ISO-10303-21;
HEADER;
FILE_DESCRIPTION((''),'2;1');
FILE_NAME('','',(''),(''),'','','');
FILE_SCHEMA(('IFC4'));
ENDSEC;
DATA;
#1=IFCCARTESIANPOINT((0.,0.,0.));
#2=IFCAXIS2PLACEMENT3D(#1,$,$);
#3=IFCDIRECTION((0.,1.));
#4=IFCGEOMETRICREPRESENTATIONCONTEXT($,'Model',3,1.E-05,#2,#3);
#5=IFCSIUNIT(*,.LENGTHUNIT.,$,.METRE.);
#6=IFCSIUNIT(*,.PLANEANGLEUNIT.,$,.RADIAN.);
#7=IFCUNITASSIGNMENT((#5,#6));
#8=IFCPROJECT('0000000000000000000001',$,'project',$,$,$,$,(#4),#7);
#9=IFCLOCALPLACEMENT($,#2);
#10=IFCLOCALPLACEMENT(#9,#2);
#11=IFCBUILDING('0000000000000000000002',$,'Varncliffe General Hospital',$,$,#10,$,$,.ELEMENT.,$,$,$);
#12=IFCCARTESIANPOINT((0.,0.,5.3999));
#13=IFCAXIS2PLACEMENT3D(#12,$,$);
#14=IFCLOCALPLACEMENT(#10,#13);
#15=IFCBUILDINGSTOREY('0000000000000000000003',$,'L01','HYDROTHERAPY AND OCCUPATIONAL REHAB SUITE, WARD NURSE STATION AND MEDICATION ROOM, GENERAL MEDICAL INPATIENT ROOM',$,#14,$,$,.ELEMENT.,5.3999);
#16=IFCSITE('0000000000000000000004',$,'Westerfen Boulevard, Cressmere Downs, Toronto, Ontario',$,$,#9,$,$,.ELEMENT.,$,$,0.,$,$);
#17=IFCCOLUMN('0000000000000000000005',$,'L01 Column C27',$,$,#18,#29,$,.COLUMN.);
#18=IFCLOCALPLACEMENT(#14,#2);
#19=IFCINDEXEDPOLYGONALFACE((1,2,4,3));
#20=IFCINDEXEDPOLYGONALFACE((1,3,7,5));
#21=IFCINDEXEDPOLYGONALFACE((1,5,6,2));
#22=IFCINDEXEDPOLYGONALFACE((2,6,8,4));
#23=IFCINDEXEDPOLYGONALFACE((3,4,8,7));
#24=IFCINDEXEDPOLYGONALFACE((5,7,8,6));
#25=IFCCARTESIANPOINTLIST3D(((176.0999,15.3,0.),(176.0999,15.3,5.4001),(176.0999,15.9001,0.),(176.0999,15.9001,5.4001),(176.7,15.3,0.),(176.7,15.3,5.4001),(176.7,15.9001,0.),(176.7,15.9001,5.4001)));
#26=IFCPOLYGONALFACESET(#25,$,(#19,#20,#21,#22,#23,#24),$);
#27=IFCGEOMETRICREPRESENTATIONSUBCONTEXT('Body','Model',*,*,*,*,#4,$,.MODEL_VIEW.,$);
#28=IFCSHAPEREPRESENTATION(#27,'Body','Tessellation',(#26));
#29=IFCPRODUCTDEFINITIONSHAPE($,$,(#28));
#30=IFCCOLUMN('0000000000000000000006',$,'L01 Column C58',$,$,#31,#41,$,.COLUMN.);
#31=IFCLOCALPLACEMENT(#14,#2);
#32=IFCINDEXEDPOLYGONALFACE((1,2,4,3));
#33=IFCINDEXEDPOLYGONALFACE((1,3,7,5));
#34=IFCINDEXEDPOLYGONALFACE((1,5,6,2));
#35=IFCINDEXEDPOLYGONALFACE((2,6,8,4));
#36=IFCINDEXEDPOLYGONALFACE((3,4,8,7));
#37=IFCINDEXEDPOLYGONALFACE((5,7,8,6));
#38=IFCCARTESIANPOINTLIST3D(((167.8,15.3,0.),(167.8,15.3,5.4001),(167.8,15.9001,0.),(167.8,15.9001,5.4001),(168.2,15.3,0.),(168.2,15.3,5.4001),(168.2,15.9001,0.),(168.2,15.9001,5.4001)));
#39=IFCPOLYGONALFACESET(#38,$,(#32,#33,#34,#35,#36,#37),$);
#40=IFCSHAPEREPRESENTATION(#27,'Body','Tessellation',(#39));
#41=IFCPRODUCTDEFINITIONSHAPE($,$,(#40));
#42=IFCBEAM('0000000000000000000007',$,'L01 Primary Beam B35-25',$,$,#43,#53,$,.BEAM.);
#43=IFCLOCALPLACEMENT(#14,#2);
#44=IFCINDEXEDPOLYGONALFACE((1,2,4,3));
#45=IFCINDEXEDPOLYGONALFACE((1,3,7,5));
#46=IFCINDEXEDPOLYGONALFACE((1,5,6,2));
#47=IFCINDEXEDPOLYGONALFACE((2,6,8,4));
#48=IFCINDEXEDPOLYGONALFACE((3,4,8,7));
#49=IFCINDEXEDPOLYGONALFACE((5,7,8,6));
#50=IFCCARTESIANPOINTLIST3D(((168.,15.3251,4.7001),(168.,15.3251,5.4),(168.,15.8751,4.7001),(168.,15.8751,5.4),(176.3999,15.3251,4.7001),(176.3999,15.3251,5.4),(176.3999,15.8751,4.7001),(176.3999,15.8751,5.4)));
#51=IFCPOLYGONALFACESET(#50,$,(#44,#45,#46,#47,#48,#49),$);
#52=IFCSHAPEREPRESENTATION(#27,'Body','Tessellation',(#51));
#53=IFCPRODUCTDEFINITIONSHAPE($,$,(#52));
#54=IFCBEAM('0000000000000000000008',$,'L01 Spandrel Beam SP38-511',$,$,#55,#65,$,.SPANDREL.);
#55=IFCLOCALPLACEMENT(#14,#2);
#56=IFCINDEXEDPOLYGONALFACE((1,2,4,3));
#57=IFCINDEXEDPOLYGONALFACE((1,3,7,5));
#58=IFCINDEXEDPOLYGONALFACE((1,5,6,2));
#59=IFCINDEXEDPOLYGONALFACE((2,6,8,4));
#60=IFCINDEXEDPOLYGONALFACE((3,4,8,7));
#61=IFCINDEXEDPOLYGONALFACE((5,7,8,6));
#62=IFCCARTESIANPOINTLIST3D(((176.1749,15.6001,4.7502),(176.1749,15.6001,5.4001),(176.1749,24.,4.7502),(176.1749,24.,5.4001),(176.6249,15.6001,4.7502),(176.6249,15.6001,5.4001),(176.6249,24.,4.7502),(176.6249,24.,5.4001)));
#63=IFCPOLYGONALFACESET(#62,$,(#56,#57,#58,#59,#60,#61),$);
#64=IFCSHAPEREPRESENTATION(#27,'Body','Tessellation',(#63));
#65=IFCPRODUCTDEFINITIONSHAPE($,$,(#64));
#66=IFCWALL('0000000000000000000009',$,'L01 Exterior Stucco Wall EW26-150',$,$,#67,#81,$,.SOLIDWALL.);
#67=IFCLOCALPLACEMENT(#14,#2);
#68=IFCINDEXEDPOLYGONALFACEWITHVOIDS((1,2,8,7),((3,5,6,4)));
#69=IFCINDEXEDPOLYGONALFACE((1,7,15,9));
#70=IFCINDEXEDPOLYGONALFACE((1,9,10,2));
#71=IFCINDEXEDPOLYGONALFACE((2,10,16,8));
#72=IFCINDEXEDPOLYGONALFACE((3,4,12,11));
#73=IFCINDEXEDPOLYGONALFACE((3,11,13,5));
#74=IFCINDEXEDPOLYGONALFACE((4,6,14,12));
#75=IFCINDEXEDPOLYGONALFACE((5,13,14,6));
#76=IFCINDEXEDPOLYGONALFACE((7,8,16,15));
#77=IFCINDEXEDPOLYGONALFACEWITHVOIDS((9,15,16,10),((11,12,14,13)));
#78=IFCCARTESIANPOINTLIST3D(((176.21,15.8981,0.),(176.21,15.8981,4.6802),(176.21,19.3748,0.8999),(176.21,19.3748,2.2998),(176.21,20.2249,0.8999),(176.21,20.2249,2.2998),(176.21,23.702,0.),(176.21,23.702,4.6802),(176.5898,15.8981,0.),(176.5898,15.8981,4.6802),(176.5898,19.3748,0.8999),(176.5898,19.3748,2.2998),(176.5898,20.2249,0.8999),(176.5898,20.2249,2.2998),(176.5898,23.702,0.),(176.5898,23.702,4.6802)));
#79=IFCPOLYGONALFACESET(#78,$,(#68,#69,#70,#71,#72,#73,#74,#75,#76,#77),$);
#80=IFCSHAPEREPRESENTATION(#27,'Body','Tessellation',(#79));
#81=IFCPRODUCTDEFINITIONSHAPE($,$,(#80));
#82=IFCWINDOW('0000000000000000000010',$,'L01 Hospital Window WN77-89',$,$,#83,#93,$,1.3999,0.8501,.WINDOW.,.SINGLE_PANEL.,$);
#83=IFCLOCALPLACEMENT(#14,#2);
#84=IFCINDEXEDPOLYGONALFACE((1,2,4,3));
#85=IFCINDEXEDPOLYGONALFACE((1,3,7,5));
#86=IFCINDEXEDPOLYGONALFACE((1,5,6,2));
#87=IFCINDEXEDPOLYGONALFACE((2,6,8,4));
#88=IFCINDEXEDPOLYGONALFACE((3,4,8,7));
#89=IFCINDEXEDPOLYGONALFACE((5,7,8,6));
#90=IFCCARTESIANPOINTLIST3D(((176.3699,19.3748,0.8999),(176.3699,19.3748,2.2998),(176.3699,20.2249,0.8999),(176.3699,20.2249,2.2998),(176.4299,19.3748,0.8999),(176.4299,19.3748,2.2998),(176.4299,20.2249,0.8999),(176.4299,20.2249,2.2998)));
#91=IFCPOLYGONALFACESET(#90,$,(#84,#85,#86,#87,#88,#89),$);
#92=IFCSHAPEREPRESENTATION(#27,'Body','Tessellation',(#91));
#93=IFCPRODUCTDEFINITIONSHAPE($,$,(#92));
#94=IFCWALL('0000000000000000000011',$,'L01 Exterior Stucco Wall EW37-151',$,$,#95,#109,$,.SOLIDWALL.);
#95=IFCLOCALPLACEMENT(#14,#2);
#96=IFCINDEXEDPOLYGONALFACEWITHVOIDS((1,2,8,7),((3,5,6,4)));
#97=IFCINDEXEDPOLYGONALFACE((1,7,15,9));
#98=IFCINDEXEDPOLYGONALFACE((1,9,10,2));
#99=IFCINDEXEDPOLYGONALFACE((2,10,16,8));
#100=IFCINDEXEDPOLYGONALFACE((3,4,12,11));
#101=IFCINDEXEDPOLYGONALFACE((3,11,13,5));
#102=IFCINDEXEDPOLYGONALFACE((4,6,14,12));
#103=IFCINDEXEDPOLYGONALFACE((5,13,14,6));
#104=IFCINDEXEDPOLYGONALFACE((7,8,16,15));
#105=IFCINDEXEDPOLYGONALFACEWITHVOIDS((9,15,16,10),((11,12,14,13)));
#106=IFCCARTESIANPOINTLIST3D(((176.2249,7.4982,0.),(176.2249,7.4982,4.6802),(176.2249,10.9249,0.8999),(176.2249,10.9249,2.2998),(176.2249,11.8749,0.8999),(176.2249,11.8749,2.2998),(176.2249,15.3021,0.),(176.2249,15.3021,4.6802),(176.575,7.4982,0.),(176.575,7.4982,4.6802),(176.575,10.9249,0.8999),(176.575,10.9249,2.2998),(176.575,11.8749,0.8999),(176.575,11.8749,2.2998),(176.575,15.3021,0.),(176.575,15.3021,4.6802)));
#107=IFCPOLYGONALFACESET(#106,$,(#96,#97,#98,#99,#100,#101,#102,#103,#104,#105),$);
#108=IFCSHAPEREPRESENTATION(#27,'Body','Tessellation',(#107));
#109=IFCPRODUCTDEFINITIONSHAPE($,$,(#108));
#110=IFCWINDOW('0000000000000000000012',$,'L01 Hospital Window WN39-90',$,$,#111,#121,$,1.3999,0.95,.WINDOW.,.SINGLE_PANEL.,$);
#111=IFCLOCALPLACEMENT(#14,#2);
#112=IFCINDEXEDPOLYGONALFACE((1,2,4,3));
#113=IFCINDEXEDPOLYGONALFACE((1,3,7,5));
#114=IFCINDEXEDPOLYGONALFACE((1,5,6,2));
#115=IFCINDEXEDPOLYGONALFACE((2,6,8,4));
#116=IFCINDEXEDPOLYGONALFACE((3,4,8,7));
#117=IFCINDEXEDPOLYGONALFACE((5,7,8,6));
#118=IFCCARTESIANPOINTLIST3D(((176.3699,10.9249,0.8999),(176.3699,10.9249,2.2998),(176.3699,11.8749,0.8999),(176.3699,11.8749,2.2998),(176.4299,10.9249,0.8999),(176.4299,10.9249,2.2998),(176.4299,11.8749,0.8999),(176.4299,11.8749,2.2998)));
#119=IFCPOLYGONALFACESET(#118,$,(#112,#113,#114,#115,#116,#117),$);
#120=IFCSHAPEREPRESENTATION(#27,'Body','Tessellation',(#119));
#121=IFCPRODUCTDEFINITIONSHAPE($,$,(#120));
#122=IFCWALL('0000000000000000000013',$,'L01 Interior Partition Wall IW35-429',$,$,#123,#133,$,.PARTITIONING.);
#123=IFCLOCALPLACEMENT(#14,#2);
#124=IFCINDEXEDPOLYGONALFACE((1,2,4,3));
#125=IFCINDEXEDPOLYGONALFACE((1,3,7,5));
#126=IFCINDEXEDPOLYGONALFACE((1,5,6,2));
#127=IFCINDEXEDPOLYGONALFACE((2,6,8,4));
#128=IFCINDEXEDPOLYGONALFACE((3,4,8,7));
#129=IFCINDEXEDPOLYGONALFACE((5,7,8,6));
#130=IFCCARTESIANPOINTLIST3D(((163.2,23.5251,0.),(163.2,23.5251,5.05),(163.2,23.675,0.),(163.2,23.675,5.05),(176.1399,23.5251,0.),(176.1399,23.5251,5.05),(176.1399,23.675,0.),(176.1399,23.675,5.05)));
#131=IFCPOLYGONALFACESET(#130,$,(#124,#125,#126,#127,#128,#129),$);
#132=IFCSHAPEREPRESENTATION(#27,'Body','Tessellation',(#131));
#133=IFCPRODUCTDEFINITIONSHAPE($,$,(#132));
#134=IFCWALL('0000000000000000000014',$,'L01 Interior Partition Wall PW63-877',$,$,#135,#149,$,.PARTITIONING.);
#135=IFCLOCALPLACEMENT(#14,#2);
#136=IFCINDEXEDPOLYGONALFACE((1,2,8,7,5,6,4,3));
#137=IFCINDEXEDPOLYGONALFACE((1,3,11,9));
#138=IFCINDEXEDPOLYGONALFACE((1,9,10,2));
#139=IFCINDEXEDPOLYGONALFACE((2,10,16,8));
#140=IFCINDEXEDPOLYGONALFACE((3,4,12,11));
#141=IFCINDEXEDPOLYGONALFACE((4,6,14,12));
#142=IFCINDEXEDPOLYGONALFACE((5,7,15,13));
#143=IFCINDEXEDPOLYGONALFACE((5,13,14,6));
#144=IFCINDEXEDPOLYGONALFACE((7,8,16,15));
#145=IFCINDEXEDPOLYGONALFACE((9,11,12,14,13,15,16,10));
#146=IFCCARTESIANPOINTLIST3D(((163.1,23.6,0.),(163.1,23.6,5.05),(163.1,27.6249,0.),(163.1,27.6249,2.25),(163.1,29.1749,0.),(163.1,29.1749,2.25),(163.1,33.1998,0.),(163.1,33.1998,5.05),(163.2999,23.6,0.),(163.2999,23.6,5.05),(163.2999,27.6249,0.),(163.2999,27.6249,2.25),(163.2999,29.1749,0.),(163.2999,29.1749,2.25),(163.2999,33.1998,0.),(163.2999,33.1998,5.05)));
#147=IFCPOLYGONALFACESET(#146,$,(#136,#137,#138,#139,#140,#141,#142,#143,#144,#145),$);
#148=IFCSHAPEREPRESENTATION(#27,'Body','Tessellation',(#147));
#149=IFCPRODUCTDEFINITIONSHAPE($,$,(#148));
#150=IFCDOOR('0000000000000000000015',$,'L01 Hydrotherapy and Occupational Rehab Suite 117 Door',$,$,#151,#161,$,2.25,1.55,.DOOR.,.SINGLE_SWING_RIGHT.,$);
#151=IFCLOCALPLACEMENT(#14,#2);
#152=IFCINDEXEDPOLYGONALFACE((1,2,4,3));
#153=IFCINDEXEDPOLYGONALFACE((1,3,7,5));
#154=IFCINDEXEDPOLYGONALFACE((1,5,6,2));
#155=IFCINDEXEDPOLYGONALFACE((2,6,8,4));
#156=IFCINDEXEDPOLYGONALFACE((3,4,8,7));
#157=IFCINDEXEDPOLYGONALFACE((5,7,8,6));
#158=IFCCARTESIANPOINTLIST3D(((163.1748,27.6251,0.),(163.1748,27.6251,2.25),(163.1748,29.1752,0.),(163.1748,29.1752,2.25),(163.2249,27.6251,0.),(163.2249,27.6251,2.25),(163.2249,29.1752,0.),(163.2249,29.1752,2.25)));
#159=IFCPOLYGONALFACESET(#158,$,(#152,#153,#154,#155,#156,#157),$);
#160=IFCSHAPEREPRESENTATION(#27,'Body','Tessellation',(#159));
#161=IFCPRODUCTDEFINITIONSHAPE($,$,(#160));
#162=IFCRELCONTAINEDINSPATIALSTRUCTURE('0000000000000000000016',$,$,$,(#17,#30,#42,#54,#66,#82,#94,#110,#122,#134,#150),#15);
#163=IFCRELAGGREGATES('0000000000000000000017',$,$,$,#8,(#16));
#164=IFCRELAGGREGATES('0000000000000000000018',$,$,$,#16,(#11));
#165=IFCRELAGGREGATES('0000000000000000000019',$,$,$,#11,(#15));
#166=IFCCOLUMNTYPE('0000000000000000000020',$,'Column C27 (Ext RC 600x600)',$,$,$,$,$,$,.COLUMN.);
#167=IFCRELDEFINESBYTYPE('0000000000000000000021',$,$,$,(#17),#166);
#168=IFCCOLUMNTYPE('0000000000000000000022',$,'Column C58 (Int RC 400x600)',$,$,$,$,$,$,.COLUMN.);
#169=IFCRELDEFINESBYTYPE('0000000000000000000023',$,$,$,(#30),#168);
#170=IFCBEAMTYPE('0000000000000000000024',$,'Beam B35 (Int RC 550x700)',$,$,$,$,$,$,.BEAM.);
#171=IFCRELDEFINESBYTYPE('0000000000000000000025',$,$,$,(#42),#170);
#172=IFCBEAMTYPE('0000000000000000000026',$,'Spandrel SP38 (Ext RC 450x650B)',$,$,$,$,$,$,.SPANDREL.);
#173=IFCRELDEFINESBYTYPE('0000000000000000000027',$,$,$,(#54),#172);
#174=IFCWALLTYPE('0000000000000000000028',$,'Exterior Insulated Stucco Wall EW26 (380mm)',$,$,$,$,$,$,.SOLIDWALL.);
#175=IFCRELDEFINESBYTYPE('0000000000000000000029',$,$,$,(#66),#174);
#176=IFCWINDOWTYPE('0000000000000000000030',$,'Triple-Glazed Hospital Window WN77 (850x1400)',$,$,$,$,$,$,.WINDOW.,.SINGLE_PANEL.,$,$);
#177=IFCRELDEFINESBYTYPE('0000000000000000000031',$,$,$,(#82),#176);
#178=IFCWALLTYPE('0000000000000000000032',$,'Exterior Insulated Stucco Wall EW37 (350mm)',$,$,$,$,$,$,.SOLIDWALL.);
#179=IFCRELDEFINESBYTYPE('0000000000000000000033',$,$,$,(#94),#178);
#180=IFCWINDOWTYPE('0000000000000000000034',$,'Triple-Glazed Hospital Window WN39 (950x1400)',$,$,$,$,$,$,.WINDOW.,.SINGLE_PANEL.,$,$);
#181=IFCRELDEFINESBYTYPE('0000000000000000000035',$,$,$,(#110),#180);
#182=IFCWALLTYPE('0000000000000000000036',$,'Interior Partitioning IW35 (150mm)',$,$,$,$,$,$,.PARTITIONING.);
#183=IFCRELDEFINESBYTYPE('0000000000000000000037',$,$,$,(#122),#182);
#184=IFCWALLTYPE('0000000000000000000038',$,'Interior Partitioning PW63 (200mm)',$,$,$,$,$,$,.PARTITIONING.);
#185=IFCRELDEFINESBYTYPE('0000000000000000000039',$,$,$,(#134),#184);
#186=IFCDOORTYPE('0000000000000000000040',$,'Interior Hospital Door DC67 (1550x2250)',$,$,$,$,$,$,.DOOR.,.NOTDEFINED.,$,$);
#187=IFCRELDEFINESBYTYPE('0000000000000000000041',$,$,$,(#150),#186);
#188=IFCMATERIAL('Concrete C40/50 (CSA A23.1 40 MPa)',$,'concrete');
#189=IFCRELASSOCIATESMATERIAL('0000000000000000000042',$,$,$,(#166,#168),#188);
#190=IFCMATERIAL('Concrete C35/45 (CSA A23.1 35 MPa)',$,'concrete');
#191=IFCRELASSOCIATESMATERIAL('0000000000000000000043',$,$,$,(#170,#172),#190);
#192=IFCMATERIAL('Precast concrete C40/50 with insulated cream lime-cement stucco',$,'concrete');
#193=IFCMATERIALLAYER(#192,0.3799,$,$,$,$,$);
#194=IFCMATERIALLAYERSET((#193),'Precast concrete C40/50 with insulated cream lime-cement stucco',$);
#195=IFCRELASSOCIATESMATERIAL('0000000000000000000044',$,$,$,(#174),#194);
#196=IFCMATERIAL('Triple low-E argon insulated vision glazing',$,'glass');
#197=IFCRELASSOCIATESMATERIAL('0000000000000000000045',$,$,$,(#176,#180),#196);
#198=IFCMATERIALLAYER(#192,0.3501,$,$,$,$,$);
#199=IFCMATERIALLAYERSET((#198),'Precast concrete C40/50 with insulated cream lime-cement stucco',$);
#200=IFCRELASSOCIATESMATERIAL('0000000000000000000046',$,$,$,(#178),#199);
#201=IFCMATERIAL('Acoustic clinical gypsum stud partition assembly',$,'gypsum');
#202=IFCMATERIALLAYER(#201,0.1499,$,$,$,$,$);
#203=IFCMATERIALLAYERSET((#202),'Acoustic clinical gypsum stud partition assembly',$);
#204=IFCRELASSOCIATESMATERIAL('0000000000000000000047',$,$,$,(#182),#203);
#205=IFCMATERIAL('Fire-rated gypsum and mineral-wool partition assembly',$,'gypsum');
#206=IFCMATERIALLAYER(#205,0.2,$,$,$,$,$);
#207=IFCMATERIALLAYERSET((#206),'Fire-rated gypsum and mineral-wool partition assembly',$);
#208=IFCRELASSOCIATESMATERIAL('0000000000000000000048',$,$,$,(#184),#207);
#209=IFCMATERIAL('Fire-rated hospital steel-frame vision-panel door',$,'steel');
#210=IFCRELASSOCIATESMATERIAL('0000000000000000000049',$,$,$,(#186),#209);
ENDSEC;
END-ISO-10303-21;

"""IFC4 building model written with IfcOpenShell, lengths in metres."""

from ifc_helpers import new_model, si_unit, direction, frame, frame_2d, origin, origin_2d, place, context, subcontext, project, spatial, rectangle, extrude, material, layer, layer_set, material_profile, profile_set, type_object, element, fill, save


model = new_model("IFC4")

# Units and contexts
model_context = context("Model", 3, precision=1e-05, world=origin(), true_north=direction((0.0, 1.0)))
body_context = subcontext(model_context, "Body", "Model", "MODEL_VIEW")
ifc_project = project(units=[si_unit("LENGTHUNIT", "METRE"), si_unit("PLANEANGLEUNIT", "RADIAN")], contexts=[model_context])

# Site, building, storey
site_placement = place(None, origin())
site = spatial("IfcSite", under=ifc_project, at=site_placement, Name="Westerfen Boulevard, Cressmere Downs, Toronto, Ontario", CompositionType="ELEMENT", RefElevation=0.0)
building_placement = place(site_placement, origin())
building = spatial("IfcBuilding", under=site, at=building_placement, Name="Varncliffe General Hospital", CompositionType="ELEMENT")
storey_placement = place(building_placement, frame((0.0, 0.0, 5.3999)))
storey = spatial("IfcBuildingStorey", under=building, at=storey_placement, Name="L01", Description="HYDROTHERAPY AND OCCUPATIONAL REHAB SUITE, WARD NURSE STATION AND MEDICATION ROOM, GENERAL MEDICAL INPATIENT ROOM", CompositionType="ELEMENT", Elevation=5.3999)

# Columns
ifc_material_1 = material(Name="Concrete C40/50 (CSA A23.1 40 MPa)", Category="concrete")
ifc_material_profile_1 = material_profile(ifc_material_1, rectangle(XDim=0.6001, YDim=0.6001, at=origin_2d()), Name="RC 600x600")
ifc_profile_set_1 = profile_set([ifc_material_profile_1], Name="Concrete C40/50 (CSA A23.1 40 MPa)")
column_type_1 = type_object("IfcColumnType", Name="Column C27 (Ext RC 600x600)", PredefinedType="COLUMN", material=ifc_profile_set_1)
column_1_placement = place(storey_placement, frame((176.3999, 15.6001, 0.0), z_axis=(0.0, 0.0, 1.0), x_axis=(1.0, 0.0, 0.0)))
element("IfcColumn", 1, at=column_1_placement, inside=storey, type_object=column_type_1, Name="L01 Column C27", PredefinedType="COLUMN", context=body_context, shape_type="SweptSolid", body=[
    extrude(rectangle(XDim=0.6001, YDim=0.6001, at=origin_2d()), origin(), (0.0, 0.0, 1.0), 5.4001),
])
ifc_material_profile_2 = material_profile(ifc_material_1, rectangle(XDim=0.3999, YDim=0.6001, at=origin_2d()), Name="RC 400x600")
ifc_profile_set_2 = profile_set([ifc_material_profile_2], Name="Concrete C40/50 (CSA A23.1 40 MPa)")
column_type_2 = type_object("IfcColumnType", Name="Column C58 (Int RC 400x600)", PredefinedType="COLUMN", material=ifc_profile_set_2)
column_2_placement = place(storey_placement, frame((168.0, 15.6001, 0.0), z_axis=(0.0, 0.0, 1.0), x_axis=(1.0, 0.0, 0.0)))
element("IfcColumn", 2, at=column_2_placement, inside=storey, type_object=column_type_2, Name="L01 Column C58", PredefinedType="COLUMN", context=body_context, shape_type="SweptSolid", body=[
    extrude(rectangle(XDim=0.3999, YDim=0.6001, at=origin_2d()), origin(), (0.0, 0.0, 1.0), 5.4001),
])

# Beams
ifc_material_2 = material(Name="Concrete C35/45 (CSA A23.1 35 MPa)", Category="concrete")
ifc_material_profile_3 = material_profile(ifc_material_2, rectangle(XDim=0.55, YDim=0.7, at=origin_2d()), Name="RC 550x700")
ifc_profile_set_3 = profile_set([ifc_material_profile_3], Name="Concrete C35/45 (CSA A23.1 35 MPa)")
beam_type_1 = type_object("IfcBeamType", Name="Beam B35 (Int RC 550x700)", PredefinedType="BEAM", material=ifc_profile_set_3)
beam_1_placement = place(storey_placement, frame((168.0, 15.6001, 5.05), z_axis=(1.0, 0.0, 0.0), x_axis=(0.0, 1.0, 0.0)))
element("IfcBeam", 3, at=beam_1_placement, inside=storey, type_object=beam_type_1, Name="L01 Primary Beam B35-25", PredefinedType="BEAM", context=body_context, shape_type="SweptSolid", body=[
    extrude(rectangle(XDim=0.55, YDim=0.7, at=origin_2d()), origin(), (0.0, 0.0, 1.0), 8.3999),
])
ifc_material_profile_4 = material_profile(ifc_material_2, rectangle(XDim=0.45, YDim=0.6499, at=origin_2d()), Name="RC 450x650")
ifc_profile_set_4 = profile_set([ifc_material_profile_4], Name="Concrete C35/45 (CSA A23.1 35 MPa)")
beam_type_2 = type_object("IfcBeamType", Name="Spandrel SP38 (Ext RC 450x650B)", PredefinedType="SPANDREL", material=ifc_profile_set_4)
beam_2_placement = place(storey_placement, frame((176.3999, 15.6001, 5.0752), z_axis=(0.0, 1.0, 0.0), x_axis=(-1.0, 0.0, 0.0)))
element("IfcBeam", 4, at=beam_2_placement, inside=storey, type_object=beam_type_2, Name="L01 Spandrel Beam SP38-511", PredefinedType="SPANDREL", context=body_context, shape_type="SweptSolid", body=[
    extrude(rectangle(XDim=0.45, YDim=0.6499, at=origin_2d()), origin(), (0.0, 0.0, 1.0), 8.3999),
])

# Walls, openings, windows
ifc_material_3 = material(Name="Precast concrete C40/50 with insulated cream lime-cement stucco", Category="concrete")
ifc_layer_1 = layer(ifc_material_3, 0.3799)
ifc_layer_set_1 = layer_set([ifc_layer_1], Name="Precast concrete C40/50 with insulated cream lime-cement stucco")
wall_type_1 = type_object("IfcWallType", Name="Exterior Insulated Stucco Wall EW26 (380mm)", PredefinedType="SOLIDWALL", material=ifc_layer_set_1)
wall_1_placement = place(storey_placement, frame((176.3999, 23.7019, 0.0), z_axis=(0.0, 0.0, 1.0), x_axis=(0.0, -1.0, 0.0)))
wall_1 = element("IfcWall", 5, at=wall_1_placement, inside=storey, type_object=wall_type_1, Name="L01 Exterior Stucco Wall EW26-150", PredefinedType="SOLIDWALL", context=body_context, shape_type="SweptSolid", body=[
    extrude(rectangle(XDim=7.804, YDim=0.3799, at=frame_2d((3.9019, 0.0))), origin(), (0.0, 0.0, 1.0), 4.6802),
])
opening_1_placement = place(wall_1_placement, frame((3.4771, 0.0, 0.8999)))
opening_1 = element("IfcOpeningElement", 6, at=opening_1_placement, cuts=wall_1, PredefinedType="OPENING", context=body_context, shape_type="SweptSolid", body=[
    extrude(rectangle(XDim=0.8501, YDim=1.3999, at=frame_2d((0.425, 0.7))), frame((0.0, 0.2, 0.0), z_axis=(0.0, -1.0, 0.0), x_axis=(1.0, 0.0, 0.0)), (0.0, 0.0, 1.0), 0.3999),
])
ifc_material_4 = material(Name="Triple low-E argon insulated vision glazing", Category="glass")
window_type_1 = type_object("IfcWindowType", Name="Triple-Glazed Hospital Window WN77 (850x1400)", PartitioningType="SINGLE_PANEL", PredefinedType="WINDOW", material=ifc_material_4)
window_1_placement = place(opening_1_placement, origin())
window_1 = element("IfcWindow", 7, at=window_1_placement, inside=storey, type_object=window_type_1, Name="L01 Hospital Window WN77-89", OverallHeight=1.3999, OverallWidth=0.8501, PartitioningType="SINGLE_PANEL", PredefinedType="WINDOW", context=body_context, shape_type="SweptSolid", body=[
    extrude(rectangle(XDim=0.8501, YDim=1.3999, at=frame_2d((0.425, 0.7))), frame((0.0, 0.03, 0.0), z_axis=(0.0, -1.0, 0.0), x_axis=(1.0, 0.0, 0.0)), (0.0, 0.0, 1.0), 0.0601),
])
fill(opening_1, window_1)
ifc_layer_2 = layer(ifc_material_3, 0.3501)
ifc_layer_set_2 = layer_set([ifc_layer_2], Name="Precast concrete C40/50 with insulated cream lime-cement stucco")
wall_type_2 = type_object("IfcWallType", Name="Exterior Insulated Stucco Wall EW37 (350mm)", PredefinedType="SOLIDWALL", material=ifc_layer_set_2)
wall_2_placement = place(storey_placement, frame((176.3999, 15.302, 0.0), z_axis=(0.0, 0.0, 1.0), x_axis=(0.0, -1.0, 0.0)))
wall_2 = element("IfcWall", 8, at=wall_2_placement, inside=storey, type_object=wall_type_2, Name="L01 Exterior Stucco Wall EW37-151", PredefinedType="SOLIDWALL", context=body_context, shape_type="SweptSolid", body=[
    extrude(rectangle(XDim=7.804, YDim=0.3501, at=frame_2d((3.9019, 0.0))), origin(), (0.0, 0.0, 1.0), 4.6802),
])
opening_2_placement = place(wall_2_placement, frame((3.427, 0.0, 0.8999)))
opening_2 = element("IfcOpeningElement", 9, at=opening_2_placement, cuts=wall_2, PredefinedType="OPENING", context=body_context, shape_type="SweptSolid", body=[
    extrude(rectangle(XDim=0.95, YDim=1.3999, at=frame_2d((0.4751, 0.7))), frame((0.0, 0.1851, 0.0), z_axis=(0.0, -1.0, 0.0), x_axis=(1.0, 0.0, 0.0)), (0.0, 0.0, 1.0), 0.3701),
])
window_type_2 = type_object("IfcWindowType", Name="Triple-Glazed Hospital Window WN39 (950x1400)", PartitioningType="SINGLE_PANEL", PredefinedType="WINDOW", material=ifc_material_4)
window_2_placement = place(opening_2_placement, origin())
window_2 = element("IfcWindow", 10, at=window_2_placement, inside=storey, type_object=window_type_2, Name="L01 Hospital Window WN39-90", OverallHeight=1.3999, OverallWidth=0.95, PartitioningType="SINGLE_PANEL", PredefinedType="WINDOW", context=body_context, shape_type="SweptSolid", body=[
    extrude(rectangle(XDim=0.95, YDim=1.3999, at=frame_2d((0.4751, 0.7))), frame((0.0, 0.03, 0.0), z_axis=(0.0, -1.0, 0.0), x_axis=(1.0, 0.0, 0.0)), (0.0, 0.0, 1.0), 0.0601),
])
fill(opening_2, window_2)

# Wall
ifc_material_5 = material(Name="Acoustic clinical gypsum stud partition assembly", Category="gypsum")
ifc_layer_3 = layer(ifc_material_5, 0.1499)
ifc_layer_set_3 = layer_set([ifc_layer_3], Name="Acoustic clinical gypsum stud partition assembly")
wall_type_3 = type_object("IfcWallType", Name="Interior Partitioning IW35 (150mm)", PredefinedType="PARTITIONING", material=ifc_layer_set_3)
wall_3_placement = place(storey_placement, frame((163.2, 23.6001, 0.0), z_axis=(0.0, 0.0, 1.0), x_axis=(1.0, 0.0, 0.0)))
element("IfcWall", 11, at=wall_3_placement, inside=storey, type_object=wall_type_3, Name="L01 Interior Partition Wall IW35-429", PredefinedType="PARTITIONING", context=body_context, shape_type="SweptSolid", body=[
    extrude(rectangle(XDim=12.9399, YDim=0.1499, at=frame_2d((6.47, 0.0))), origin(), (0.0, 0.0, 1.0), 5.05),
])

# Wall, opening, door
ifc_material_6 = material(Name="Fire-rated gypsum and mineral-wool partition assembly", Category="gypsum")
ifc_layer_4 = layer(ifc_material_6, 0.2)
ifc_layer_set_4 = layer_set([ifc_layer_4], Name="Fire-rated gypsum and mineral-wool partition assembly")
wall_type_4 = type_object("IfcWallType", Name="Interior Partitioning PW63 (200mm)", PredefinedType="PARTITIONING", material=ifc_layer_set_4)
wall_4_placement = place(storey_placement, frame((163.2, 23.6001, 0.0), z_axis=(0.0, 0.0, 1.0), x_axis=(0.0, 1.0, 0.0)))
wall_4 = element("IfcWall", 12, at=wall_4_placement, inside=storey, type_object=wall_type_4, Name="L01 Interior Partition Wall PW63-877", PredefinedType="PARTITIONING", context=body_context, shape_type="SweptSolid", body=[
    extrude(rectangle(XDim=9.5999, YDim=0.2, at=frame_2d((4.7998, 0.0))), origin(), (0.0, 0.0, 1.0), 5.05),
])
opening_3_placement = place(wall_4_placement, frame((4.0249, 0.0, 0.0)))
opening_3 = element("IfcOpeningElement", 13, at=opening_3_placement, cuts=wall_4, PredefinedType="OPENING", context=body_context, shape_type="SweptSolid", body=[
    extrude(rectangle(XDim=1.55, YDim=2.25, at=frame_2d((0.7749, 1.125))), frame((0.0, 0.1099, 0.0), z_axis=(0.0, -1.0, 0.0), x_axis=(1.0, 0.0, 0.0)), (0.0, 0.0, 1.0), 0.22),
])
ifc_material_7 = material(Name="Fire-rated hospital steel-frame vision-panel door", Category="steel")
door_type_1 = type_object("IfcDoorType", Name="Interior Hospital Door DC67 (1550x2250)", OperationType="NOTDEFINED", PredefinedType="DOOR", material=ifc_material_7)
door_1_placement = place(opening_3_placement, frame((1.55, 0.0, 0.0), z_axis=(0.0, 0.0, 1.0), x_axis=(-1.0, 0.0, 0.0)))
door_1 = element("IfcDoor", 14, at=door_1_placement, inside=storey, type_object=door_type_1, Name="L01 Hydrotherapy and Occupational Rehab Suite 117 Door", OperationType="SINGLE_SWING_RIGHT", OverallHeight=2.25, OverallWidth=1.55, PredefinedType="DOOR", context=body_context, shape_type="SweptSolid", body=[
    extrude(rectangle(XDim=1.55, YDim=2.25, at=frame_2d((0.7749, 1.125))), frame((0.0, 0.0249, 0.0), z_axis=(0.0, -1.0, 0.0), x_axis=(1.0, 0.0, 0.0)), (0.0, 0.0, 1.0), 0.05),
])
fill(opening_3, door_1)

save(model, "model.ifc")
